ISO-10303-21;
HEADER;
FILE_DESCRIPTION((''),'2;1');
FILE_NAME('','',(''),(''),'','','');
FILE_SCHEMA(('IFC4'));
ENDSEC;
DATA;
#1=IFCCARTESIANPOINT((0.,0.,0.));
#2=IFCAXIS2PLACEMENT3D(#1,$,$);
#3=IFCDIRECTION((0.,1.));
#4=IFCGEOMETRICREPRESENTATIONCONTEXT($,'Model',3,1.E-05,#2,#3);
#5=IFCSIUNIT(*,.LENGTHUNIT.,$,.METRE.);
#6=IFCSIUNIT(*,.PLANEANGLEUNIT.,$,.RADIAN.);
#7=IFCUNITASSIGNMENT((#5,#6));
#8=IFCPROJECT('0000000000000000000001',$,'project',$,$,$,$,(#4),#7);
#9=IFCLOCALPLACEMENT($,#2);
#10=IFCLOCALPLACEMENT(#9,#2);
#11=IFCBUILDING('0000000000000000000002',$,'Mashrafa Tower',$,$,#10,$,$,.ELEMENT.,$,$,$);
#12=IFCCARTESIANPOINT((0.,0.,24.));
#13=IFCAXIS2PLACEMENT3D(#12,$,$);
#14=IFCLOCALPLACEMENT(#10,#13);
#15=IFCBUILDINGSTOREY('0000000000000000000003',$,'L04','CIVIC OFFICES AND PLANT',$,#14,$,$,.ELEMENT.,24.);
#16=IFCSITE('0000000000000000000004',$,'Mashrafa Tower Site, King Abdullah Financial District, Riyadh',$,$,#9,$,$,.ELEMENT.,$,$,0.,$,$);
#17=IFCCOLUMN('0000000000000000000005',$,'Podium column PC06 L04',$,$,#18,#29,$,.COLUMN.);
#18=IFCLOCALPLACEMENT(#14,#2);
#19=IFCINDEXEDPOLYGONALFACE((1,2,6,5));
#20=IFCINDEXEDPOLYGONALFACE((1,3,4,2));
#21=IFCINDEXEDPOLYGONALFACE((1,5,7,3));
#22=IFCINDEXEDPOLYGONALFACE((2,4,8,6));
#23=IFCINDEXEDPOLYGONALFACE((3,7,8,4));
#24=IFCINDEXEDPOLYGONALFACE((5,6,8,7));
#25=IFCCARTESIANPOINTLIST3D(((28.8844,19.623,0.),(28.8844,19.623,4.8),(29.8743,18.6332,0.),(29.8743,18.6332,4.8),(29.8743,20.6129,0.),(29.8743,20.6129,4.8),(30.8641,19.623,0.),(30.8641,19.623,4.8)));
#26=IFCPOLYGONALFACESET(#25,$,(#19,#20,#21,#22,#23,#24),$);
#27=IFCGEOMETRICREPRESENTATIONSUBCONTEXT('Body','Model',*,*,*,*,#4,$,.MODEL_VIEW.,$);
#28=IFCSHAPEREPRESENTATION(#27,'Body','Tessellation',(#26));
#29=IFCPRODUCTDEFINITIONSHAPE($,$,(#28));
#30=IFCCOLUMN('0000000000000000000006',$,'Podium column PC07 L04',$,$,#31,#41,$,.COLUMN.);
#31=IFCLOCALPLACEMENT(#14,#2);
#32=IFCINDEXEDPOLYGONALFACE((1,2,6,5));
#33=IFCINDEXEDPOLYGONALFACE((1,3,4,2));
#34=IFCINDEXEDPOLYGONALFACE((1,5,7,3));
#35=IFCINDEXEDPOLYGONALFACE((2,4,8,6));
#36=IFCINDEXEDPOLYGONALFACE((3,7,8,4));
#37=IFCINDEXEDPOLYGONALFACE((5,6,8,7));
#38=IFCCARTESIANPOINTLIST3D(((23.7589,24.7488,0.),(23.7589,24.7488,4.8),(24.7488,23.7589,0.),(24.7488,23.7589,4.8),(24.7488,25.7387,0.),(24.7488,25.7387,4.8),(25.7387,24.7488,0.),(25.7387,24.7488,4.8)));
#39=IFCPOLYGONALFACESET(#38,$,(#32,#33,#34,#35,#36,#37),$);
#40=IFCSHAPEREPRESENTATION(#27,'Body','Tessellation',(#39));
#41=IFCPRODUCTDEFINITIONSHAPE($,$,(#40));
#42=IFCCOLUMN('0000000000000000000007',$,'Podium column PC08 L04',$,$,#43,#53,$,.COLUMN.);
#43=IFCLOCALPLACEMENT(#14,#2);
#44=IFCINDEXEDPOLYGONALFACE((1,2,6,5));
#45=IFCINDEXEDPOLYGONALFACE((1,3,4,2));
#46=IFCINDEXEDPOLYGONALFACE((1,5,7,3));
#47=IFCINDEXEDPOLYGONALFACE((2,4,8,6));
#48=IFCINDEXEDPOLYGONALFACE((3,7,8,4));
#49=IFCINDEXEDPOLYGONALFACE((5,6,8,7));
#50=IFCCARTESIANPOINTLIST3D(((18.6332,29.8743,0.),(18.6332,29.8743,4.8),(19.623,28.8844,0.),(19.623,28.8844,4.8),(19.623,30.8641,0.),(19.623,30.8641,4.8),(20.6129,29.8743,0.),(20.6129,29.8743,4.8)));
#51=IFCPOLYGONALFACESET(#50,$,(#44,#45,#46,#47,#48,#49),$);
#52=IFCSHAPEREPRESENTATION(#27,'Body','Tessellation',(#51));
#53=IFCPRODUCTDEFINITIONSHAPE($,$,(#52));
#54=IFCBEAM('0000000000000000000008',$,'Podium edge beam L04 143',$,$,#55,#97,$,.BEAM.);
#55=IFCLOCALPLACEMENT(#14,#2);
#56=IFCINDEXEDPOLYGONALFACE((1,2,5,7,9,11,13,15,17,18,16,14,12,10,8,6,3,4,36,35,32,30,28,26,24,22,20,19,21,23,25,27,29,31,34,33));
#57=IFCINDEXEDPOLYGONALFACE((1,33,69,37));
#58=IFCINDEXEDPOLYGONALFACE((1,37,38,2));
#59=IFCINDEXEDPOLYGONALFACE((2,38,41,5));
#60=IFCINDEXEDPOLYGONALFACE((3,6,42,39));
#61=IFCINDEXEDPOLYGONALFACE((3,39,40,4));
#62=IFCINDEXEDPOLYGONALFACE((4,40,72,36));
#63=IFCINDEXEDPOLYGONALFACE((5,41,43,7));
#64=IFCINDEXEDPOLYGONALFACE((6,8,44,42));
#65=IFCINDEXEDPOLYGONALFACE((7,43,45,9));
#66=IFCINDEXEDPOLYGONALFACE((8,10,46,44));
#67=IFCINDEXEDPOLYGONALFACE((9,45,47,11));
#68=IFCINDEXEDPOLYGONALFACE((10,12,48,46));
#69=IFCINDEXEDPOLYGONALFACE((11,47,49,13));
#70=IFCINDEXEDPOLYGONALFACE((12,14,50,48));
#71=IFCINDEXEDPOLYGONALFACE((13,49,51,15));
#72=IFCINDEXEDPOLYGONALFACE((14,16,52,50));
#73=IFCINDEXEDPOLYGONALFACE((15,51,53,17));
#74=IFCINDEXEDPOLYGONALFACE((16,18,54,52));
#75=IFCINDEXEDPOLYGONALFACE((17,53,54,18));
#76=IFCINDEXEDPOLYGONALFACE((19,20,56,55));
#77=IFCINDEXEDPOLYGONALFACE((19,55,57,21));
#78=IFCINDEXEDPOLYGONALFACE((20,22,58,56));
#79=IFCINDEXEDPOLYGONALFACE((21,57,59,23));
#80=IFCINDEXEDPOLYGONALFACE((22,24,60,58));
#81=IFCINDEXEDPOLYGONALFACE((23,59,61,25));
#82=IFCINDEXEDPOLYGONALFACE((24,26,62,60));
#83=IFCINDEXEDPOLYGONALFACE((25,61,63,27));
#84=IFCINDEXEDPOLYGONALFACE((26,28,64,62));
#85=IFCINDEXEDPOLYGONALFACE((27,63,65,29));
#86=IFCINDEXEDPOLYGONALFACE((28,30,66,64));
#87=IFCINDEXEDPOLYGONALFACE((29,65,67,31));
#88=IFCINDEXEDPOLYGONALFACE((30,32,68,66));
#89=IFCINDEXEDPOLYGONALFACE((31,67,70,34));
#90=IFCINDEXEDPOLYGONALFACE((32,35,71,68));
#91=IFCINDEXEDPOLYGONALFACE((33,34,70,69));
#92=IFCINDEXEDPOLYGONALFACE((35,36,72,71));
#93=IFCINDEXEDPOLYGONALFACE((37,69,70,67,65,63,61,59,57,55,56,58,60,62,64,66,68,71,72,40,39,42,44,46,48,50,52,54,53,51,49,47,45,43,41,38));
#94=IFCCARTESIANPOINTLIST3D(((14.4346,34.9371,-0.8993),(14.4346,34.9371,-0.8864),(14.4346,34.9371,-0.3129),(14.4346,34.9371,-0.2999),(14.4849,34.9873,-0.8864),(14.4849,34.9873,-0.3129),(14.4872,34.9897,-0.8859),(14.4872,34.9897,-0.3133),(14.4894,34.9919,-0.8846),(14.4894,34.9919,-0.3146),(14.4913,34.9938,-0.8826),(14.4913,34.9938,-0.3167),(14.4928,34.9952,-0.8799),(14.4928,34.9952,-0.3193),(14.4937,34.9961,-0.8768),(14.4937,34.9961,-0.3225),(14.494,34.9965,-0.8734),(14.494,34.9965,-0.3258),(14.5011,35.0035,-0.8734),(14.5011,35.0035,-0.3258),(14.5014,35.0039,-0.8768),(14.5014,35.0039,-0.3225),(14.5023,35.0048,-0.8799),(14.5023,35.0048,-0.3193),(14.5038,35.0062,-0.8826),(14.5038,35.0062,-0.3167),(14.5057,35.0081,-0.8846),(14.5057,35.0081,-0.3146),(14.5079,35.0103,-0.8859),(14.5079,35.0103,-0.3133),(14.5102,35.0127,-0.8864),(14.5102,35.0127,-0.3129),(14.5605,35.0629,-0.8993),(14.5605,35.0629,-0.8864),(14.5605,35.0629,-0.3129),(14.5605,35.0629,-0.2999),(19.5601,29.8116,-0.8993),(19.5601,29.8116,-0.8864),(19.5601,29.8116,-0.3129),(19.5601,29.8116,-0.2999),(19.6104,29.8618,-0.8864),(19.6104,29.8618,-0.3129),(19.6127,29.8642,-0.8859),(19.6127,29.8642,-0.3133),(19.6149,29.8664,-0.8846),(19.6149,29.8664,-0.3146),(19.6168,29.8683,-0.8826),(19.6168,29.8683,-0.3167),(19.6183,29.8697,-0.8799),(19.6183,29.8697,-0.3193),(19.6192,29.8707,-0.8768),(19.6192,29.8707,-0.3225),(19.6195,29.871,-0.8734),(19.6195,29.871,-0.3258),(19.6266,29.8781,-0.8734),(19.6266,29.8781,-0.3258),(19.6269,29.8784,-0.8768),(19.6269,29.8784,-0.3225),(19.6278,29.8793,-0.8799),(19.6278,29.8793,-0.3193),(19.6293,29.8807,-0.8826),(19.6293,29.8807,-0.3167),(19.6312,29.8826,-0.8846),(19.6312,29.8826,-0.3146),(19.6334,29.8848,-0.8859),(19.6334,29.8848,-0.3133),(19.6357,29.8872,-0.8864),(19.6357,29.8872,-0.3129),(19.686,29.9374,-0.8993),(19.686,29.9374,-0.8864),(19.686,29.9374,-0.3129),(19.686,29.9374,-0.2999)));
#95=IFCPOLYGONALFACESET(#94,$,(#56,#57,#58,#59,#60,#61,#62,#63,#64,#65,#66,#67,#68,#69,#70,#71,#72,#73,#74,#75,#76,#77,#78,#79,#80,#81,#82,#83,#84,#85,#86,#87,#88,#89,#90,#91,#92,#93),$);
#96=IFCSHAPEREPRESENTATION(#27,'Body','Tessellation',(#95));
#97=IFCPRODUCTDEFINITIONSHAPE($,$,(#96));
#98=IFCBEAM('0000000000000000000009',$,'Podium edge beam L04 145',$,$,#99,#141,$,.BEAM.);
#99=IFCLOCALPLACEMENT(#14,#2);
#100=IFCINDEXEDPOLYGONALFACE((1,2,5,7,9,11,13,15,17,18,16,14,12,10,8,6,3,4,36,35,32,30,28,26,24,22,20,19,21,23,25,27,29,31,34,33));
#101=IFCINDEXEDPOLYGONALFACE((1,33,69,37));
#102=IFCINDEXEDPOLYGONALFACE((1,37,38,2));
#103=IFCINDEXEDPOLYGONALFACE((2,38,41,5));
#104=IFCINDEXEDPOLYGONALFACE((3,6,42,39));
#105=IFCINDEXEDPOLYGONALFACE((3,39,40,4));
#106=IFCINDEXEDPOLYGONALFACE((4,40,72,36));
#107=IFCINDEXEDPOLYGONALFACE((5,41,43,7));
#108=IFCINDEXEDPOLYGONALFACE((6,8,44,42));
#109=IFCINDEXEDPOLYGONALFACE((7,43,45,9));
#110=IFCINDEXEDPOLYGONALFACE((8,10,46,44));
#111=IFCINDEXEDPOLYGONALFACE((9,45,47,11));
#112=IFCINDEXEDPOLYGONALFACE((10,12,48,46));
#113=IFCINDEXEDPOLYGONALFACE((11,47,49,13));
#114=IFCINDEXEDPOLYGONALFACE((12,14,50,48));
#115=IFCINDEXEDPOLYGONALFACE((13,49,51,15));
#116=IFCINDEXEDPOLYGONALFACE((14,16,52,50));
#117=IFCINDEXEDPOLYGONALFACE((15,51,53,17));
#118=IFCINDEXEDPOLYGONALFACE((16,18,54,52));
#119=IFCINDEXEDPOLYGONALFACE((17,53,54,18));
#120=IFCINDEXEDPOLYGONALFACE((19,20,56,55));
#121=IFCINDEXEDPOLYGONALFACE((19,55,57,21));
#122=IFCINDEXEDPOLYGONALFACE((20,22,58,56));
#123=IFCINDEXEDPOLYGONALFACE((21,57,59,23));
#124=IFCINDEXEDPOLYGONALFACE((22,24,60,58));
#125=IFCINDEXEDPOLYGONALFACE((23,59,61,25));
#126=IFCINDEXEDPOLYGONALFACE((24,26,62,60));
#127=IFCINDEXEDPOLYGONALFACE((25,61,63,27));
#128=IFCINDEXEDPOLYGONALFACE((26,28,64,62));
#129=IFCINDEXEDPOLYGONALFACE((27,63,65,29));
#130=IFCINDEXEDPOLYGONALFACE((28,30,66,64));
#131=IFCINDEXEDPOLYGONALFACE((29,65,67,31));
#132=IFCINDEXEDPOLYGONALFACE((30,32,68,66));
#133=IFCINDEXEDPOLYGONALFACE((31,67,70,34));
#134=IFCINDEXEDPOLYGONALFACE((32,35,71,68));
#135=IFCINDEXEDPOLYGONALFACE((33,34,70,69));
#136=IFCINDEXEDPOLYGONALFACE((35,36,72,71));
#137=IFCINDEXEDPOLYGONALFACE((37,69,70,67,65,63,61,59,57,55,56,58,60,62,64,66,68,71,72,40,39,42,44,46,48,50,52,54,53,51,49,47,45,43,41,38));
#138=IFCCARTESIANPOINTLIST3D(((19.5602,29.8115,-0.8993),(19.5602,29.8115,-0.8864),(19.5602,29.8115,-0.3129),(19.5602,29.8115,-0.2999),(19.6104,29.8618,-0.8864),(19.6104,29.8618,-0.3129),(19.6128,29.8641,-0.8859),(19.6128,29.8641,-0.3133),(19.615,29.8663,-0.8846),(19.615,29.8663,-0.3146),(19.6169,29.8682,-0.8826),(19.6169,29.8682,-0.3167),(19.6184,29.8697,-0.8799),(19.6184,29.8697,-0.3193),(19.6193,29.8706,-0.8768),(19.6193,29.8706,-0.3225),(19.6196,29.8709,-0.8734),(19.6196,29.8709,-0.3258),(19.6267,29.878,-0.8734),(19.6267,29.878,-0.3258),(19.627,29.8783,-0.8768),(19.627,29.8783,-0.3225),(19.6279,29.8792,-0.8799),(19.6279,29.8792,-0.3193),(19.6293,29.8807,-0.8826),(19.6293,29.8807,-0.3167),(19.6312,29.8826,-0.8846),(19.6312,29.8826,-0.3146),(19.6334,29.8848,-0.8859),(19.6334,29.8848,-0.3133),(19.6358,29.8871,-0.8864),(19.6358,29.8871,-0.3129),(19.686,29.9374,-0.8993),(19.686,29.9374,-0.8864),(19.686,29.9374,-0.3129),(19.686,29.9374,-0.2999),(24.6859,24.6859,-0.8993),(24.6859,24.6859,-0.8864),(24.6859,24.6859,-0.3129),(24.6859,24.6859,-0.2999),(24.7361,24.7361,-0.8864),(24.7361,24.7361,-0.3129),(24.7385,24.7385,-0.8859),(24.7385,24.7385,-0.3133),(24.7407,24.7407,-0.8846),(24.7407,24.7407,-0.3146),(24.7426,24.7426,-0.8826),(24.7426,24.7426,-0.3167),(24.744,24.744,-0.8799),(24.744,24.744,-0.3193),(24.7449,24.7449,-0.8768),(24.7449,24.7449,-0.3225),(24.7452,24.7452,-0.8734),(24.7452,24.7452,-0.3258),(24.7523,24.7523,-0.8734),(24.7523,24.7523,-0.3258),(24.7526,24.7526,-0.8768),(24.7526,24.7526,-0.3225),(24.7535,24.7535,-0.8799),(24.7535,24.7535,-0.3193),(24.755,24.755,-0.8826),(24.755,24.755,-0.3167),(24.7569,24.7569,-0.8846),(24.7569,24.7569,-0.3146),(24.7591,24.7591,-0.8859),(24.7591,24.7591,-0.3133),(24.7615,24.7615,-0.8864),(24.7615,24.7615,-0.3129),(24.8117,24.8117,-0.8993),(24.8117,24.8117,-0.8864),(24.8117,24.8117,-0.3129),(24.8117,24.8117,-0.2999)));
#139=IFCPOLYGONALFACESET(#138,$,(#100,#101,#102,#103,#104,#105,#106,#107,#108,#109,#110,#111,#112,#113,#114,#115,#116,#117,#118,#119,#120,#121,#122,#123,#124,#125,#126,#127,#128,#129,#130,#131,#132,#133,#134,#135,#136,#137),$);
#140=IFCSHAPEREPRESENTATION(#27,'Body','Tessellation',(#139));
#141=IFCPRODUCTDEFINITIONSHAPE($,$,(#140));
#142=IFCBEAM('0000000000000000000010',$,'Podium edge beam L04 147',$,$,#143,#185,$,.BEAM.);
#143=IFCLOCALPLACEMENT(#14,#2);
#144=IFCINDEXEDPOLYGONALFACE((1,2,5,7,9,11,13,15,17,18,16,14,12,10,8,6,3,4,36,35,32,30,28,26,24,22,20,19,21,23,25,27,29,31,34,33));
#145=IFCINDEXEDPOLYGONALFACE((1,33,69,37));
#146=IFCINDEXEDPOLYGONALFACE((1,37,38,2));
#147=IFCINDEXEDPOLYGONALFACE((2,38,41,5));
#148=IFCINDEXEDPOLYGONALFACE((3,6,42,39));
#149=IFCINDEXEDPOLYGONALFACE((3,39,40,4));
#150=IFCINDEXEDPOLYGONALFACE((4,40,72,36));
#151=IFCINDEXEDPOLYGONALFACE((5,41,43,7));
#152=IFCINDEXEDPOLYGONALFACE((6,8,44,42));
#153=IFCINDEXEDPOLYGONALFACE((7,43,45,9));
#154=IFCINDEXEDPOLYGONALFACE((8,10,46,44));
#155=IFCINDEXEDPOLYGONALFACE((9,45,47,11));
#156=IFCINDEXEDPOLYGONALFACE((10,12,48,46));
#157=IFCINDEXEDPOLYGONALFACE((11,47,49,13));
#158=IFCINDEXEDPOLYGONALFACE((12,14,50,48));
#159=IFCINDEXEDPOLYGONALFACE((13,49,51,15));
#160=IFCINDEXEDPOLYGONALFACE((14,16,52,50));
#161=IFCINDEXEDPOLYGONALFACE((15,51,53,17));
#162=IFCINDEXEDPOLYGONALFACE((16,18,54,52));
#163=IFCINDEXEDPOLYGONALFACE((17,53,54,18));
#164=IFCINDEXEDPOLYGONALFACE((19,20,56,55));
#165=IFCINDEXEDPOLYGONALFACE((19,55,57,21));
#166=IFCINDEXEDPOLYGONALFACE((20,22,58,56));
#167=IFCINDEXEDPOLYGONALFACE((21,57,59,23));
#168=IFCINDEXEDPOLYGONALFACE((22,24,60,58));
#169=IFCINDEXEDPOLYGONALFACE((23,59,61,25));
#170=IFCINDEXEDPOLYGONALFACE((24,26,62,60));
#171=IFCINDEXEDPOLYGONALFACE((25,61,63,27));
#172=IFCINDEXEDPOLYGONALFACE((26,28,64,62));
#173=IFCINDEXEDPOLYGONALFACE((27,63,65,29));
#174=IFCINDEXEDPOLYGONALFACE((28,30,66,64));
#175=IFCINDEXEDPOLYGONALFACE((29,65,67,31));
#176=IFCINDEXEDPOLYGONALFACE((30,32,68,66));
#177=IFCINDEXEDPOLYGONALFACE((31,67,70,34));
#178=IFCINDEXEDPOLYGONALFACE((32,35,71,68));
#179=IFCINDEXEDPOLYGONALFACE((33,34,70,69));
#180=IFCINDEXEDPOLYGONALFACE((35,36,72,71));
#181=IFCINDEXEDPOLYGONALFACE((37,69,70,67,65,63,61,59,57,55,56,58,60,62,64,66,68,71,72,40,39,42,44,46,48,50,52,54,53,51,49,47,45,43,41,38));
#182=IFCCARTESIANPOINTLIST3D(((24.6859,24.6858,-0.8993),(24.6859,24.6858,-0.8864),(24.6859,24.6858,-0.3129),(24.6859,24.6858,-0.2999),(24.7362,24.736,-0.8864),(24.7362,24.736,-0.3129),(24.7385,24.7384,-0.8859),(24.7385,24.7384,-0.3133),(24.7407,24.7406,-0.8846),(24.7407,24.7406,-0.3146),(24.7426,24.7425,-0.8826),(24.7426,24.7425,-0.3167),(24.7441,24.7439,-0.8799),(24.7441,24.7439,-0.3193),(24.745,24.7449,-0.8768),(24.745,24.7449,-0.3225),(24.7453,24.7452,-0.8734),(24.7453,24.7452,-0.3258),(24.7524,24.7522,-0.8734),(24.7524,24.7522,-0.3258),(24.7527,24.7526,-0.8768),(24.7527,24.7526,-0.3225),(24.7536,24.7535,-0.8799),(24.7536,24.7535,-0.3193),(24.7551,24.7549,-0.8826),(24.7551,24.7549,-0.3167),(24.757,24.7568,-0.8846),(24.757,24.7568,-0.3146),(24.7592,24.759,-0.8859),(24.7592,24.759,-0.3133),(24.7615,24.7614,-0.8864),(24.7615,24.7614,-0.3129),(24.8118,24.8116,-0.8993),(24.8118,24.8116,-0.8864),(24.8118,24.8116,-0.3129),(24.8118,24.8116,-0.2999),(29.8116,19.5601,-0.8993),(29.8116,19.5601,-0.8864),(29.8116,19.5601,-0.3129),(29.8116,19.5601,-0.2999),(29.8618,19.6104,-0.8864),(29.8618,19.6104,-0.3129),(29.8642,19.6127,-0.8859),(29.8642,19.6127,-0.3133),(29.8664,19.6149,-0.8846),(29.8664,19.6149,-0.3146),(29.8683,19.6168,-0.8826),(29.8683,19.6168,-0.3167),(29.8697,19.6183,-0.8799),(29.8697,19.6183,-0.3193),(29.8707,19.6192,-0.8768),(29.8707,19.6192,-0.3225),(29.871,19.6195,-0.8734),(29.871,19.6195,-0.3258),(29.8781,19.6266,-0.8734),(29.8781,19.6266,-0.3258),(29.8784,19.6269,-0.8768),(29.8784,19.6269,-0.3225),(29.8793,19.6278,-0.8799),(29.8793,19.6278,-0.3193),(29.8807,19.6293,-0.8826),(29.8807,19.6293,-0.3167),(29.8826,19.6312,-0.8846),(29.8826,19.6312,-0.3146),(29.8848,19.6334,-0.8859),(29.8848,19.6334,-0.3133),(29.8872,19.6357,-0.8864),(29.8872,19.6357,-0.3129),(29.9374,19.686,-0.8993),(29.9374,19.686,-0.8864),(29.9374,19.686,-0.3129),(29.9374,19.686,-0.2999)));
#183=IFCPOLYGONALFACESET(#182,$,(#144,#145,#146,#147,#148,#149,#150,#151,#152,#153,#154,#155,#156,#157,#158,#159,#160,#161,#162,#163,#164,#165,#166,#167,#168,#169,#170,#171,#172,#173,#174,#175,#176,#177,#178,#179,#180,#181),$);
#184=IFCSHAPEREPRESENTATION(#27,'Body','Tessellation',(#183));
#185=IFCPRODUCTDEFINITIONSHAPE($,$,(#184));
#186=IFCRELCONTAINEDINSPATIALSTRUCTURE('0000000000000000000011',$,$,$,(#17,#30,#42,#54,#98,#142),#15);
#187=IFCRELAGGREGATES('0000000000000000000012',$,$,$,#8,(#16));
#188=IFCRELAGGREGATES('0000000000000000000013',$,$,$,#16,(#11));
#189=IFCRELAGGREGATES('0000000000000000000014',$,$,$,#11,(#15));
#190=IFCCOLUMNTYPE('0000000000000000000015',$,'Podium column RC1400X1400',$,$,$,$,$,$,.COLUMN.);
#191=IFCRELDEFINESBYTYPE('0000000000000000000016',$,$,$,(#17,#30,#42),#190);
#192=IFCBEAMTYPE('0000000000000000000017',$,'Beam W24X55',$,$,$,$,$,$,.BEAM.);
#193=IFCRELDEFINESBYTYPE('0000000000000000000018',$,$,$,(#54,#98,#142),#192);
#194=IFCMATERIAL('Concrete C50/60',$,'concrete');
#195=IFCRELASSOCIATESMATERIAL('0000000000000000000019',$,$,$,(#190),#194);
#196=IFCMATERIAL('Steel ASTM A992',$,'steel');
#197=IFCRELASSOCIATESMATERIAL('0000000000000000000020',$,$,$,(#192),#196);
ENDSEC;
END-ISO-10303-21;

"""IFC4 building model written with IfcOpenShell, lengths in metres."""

from ifc_helpers import new_model, si_unit, direction, frame, origin, origin_2d, place, context, subcontext, project, spatial, rectangle, i_section, extrude, material, material_profile, profile_set, type_object, element, save


model = new_model("IFC4")

# Units and contexts
model_context = context("Model", 3, precision=1e-05, world=origin(), true_north=direction((0.0, 1.0)))
body_context = subcontext(model_context, "Body", "Model", "MODEL_VIEW")
ifc_project = project(units=[si_unit("LENGTHUNIT", "METRE"), si_unit("PLANEANGLEUNIT", "RADIAN")], contexts=[model_context])

# Site, building, storey
site_placement = place(None, origin())
site = spatial("IfcSite", under=ifc_project, at=site_placement, Name="Mashrafa Tower Site, King Abdullah Financial District, Riyadh", CompositionType="ELEMENT", RefElevation=0.0)
building_placement = place(site_placement, origin())
building = spatial("IfcBuilding", under=site, at=building_placement, Name="Mashrafa Tower", CompositionType="ELEMENT")
storey_placement = place(building_placement, frame((0.0, 0.0, 24.0)))
storey = spatial("IfcBuildingStorey", under=building, at=storey_placement, Name="L04", Description="CIVIC OFFICES AND PLANT", CompositionType="ELEMENT", Elevation=24.0)

# Columns
ifc_material_1 = material(Name="Concrete C50/60", Category="concrete")
ifc_material_profile_1 = material_profile(ifc_material_1, rectangle(XDim=1.3999, YDim=1.3999, at=origin_2d()), Name="RC1400X1400")
ifc_profile_set_1 = profile_set([ifc_material_profile_1], Name="Concrete C50/60")
column_type = type_object("IfcColumnType", Name="Podium column RC1400X1400", PredefinedType="COLUMN", material=ifc_profile_set_1)
for number, where, z_axis, x_axis, name in (
    (1, (29.8743, 19.623, 0.0), (0.0, 0.0, 1.0), (0.707107, 0.707107, 0.0), "Podium column PC06 L04"),
    (2, (24.7488, 24.7488, 0.0), (0.0, 0.0, 1.0), (0.707107, 0.707107, 0.0), "Podium column PC07 L04"),
    (3, (19.623, 29.8743, 0.0), (0.0, 0.0, 1.0), (0.707107, 0.707107, 0.0), "Podium column PC08 L04"),
):
    element("IfcColumn", number, at=place(storey_placement, frame(where, z_axis=z_axis, x_axis=x_axis)), inside=storey, type_object=column_type, Name=name, PredefinedType="COLUMN", context=body_context, shape_type="SweptSolid", body=[
        extrude(rectangle(XDim=1.3999, YDim=1.3999, at=origin_2d()), origin(), (0.0, 0.0, 1.0), 4.8),
    ])

# Beams
ifc_material_2 = material(Name="Steel ASTM A992", Category="steel")
ifc_material_profile_2 = material_profile(ifc_material_2, i_section(OverallWidth=0.178, OverallDepth=0.5994, WebThickness=0.01, FlangeThickness=0.0129, FilletRadius=0.0129, at=origin_2d()), Name="W24X55")
ifc_profile_set_2 = profile_set([ifc_material_profile_2], Name="Steel ASTM A992")
beam_type_1 = type_object("IfcBeamType", Name="Beam W24X55", PredefinedType="BEAM", material=ifc_profile_set_2)
beam_1_placement = place(storey_placement, frame((19.623, 29.8745, -0.5996), z_axis=(-0.707107, 0.707107, 0.0), x_axis=(-0.707107, -0.707107, 0.0)))
element("IfcBeam", 4, at=beam_1_placement, inside=storey, type_object=beam_type_1, Name="Podium edge beam L04 143", PredefinedType="BEAM", context=body_context, shape_type="SweptSolid", body=[
    extrude(i_section(OverallWidth=0.178, OverallDepth=0.5994, WebThickness=0.01, FlangeThickness=0.0129, FilletRadius=0.0129, at=origin_2d()), origin(), (0.0, 0.0, 1.0), 7.2485),
])
for number, where, z_axis, x_axis, name in (
    (5, (24.7488, 24.7488, -0.5996), (-0.707107, 0.707107, 0.0), (-0.707107, -0.707107, 0.0), "Podium edge beam L04 145"),
    (6, (29.8745, 19.623, -0.5996), (-0.707107, 0.707107, 0.0), (-0.707107, -0.707107, 0.0), "Podium edge beam L04 147"),
):
    element("IfcBeam", number, at=place(storey_placement, frame(where, z_axis=z_axis, x_axis=x_axis)), inside=storey, type_object=beam_type_1, Name=name, PredefinedType="BEAM", context=body_context, shape_type="SweptSolid", body=[
        extrude(i_section(OverallWidth=0.178, OverallDepth=0.5994, WebThickness=0.01, FlangeThickness=0.0129, FilletRadius=0.0129, at=origin_2d()), origin(), (0.0, 0.0, 1.0), 7.2488),
    ])

save(model, "model.ifc")
